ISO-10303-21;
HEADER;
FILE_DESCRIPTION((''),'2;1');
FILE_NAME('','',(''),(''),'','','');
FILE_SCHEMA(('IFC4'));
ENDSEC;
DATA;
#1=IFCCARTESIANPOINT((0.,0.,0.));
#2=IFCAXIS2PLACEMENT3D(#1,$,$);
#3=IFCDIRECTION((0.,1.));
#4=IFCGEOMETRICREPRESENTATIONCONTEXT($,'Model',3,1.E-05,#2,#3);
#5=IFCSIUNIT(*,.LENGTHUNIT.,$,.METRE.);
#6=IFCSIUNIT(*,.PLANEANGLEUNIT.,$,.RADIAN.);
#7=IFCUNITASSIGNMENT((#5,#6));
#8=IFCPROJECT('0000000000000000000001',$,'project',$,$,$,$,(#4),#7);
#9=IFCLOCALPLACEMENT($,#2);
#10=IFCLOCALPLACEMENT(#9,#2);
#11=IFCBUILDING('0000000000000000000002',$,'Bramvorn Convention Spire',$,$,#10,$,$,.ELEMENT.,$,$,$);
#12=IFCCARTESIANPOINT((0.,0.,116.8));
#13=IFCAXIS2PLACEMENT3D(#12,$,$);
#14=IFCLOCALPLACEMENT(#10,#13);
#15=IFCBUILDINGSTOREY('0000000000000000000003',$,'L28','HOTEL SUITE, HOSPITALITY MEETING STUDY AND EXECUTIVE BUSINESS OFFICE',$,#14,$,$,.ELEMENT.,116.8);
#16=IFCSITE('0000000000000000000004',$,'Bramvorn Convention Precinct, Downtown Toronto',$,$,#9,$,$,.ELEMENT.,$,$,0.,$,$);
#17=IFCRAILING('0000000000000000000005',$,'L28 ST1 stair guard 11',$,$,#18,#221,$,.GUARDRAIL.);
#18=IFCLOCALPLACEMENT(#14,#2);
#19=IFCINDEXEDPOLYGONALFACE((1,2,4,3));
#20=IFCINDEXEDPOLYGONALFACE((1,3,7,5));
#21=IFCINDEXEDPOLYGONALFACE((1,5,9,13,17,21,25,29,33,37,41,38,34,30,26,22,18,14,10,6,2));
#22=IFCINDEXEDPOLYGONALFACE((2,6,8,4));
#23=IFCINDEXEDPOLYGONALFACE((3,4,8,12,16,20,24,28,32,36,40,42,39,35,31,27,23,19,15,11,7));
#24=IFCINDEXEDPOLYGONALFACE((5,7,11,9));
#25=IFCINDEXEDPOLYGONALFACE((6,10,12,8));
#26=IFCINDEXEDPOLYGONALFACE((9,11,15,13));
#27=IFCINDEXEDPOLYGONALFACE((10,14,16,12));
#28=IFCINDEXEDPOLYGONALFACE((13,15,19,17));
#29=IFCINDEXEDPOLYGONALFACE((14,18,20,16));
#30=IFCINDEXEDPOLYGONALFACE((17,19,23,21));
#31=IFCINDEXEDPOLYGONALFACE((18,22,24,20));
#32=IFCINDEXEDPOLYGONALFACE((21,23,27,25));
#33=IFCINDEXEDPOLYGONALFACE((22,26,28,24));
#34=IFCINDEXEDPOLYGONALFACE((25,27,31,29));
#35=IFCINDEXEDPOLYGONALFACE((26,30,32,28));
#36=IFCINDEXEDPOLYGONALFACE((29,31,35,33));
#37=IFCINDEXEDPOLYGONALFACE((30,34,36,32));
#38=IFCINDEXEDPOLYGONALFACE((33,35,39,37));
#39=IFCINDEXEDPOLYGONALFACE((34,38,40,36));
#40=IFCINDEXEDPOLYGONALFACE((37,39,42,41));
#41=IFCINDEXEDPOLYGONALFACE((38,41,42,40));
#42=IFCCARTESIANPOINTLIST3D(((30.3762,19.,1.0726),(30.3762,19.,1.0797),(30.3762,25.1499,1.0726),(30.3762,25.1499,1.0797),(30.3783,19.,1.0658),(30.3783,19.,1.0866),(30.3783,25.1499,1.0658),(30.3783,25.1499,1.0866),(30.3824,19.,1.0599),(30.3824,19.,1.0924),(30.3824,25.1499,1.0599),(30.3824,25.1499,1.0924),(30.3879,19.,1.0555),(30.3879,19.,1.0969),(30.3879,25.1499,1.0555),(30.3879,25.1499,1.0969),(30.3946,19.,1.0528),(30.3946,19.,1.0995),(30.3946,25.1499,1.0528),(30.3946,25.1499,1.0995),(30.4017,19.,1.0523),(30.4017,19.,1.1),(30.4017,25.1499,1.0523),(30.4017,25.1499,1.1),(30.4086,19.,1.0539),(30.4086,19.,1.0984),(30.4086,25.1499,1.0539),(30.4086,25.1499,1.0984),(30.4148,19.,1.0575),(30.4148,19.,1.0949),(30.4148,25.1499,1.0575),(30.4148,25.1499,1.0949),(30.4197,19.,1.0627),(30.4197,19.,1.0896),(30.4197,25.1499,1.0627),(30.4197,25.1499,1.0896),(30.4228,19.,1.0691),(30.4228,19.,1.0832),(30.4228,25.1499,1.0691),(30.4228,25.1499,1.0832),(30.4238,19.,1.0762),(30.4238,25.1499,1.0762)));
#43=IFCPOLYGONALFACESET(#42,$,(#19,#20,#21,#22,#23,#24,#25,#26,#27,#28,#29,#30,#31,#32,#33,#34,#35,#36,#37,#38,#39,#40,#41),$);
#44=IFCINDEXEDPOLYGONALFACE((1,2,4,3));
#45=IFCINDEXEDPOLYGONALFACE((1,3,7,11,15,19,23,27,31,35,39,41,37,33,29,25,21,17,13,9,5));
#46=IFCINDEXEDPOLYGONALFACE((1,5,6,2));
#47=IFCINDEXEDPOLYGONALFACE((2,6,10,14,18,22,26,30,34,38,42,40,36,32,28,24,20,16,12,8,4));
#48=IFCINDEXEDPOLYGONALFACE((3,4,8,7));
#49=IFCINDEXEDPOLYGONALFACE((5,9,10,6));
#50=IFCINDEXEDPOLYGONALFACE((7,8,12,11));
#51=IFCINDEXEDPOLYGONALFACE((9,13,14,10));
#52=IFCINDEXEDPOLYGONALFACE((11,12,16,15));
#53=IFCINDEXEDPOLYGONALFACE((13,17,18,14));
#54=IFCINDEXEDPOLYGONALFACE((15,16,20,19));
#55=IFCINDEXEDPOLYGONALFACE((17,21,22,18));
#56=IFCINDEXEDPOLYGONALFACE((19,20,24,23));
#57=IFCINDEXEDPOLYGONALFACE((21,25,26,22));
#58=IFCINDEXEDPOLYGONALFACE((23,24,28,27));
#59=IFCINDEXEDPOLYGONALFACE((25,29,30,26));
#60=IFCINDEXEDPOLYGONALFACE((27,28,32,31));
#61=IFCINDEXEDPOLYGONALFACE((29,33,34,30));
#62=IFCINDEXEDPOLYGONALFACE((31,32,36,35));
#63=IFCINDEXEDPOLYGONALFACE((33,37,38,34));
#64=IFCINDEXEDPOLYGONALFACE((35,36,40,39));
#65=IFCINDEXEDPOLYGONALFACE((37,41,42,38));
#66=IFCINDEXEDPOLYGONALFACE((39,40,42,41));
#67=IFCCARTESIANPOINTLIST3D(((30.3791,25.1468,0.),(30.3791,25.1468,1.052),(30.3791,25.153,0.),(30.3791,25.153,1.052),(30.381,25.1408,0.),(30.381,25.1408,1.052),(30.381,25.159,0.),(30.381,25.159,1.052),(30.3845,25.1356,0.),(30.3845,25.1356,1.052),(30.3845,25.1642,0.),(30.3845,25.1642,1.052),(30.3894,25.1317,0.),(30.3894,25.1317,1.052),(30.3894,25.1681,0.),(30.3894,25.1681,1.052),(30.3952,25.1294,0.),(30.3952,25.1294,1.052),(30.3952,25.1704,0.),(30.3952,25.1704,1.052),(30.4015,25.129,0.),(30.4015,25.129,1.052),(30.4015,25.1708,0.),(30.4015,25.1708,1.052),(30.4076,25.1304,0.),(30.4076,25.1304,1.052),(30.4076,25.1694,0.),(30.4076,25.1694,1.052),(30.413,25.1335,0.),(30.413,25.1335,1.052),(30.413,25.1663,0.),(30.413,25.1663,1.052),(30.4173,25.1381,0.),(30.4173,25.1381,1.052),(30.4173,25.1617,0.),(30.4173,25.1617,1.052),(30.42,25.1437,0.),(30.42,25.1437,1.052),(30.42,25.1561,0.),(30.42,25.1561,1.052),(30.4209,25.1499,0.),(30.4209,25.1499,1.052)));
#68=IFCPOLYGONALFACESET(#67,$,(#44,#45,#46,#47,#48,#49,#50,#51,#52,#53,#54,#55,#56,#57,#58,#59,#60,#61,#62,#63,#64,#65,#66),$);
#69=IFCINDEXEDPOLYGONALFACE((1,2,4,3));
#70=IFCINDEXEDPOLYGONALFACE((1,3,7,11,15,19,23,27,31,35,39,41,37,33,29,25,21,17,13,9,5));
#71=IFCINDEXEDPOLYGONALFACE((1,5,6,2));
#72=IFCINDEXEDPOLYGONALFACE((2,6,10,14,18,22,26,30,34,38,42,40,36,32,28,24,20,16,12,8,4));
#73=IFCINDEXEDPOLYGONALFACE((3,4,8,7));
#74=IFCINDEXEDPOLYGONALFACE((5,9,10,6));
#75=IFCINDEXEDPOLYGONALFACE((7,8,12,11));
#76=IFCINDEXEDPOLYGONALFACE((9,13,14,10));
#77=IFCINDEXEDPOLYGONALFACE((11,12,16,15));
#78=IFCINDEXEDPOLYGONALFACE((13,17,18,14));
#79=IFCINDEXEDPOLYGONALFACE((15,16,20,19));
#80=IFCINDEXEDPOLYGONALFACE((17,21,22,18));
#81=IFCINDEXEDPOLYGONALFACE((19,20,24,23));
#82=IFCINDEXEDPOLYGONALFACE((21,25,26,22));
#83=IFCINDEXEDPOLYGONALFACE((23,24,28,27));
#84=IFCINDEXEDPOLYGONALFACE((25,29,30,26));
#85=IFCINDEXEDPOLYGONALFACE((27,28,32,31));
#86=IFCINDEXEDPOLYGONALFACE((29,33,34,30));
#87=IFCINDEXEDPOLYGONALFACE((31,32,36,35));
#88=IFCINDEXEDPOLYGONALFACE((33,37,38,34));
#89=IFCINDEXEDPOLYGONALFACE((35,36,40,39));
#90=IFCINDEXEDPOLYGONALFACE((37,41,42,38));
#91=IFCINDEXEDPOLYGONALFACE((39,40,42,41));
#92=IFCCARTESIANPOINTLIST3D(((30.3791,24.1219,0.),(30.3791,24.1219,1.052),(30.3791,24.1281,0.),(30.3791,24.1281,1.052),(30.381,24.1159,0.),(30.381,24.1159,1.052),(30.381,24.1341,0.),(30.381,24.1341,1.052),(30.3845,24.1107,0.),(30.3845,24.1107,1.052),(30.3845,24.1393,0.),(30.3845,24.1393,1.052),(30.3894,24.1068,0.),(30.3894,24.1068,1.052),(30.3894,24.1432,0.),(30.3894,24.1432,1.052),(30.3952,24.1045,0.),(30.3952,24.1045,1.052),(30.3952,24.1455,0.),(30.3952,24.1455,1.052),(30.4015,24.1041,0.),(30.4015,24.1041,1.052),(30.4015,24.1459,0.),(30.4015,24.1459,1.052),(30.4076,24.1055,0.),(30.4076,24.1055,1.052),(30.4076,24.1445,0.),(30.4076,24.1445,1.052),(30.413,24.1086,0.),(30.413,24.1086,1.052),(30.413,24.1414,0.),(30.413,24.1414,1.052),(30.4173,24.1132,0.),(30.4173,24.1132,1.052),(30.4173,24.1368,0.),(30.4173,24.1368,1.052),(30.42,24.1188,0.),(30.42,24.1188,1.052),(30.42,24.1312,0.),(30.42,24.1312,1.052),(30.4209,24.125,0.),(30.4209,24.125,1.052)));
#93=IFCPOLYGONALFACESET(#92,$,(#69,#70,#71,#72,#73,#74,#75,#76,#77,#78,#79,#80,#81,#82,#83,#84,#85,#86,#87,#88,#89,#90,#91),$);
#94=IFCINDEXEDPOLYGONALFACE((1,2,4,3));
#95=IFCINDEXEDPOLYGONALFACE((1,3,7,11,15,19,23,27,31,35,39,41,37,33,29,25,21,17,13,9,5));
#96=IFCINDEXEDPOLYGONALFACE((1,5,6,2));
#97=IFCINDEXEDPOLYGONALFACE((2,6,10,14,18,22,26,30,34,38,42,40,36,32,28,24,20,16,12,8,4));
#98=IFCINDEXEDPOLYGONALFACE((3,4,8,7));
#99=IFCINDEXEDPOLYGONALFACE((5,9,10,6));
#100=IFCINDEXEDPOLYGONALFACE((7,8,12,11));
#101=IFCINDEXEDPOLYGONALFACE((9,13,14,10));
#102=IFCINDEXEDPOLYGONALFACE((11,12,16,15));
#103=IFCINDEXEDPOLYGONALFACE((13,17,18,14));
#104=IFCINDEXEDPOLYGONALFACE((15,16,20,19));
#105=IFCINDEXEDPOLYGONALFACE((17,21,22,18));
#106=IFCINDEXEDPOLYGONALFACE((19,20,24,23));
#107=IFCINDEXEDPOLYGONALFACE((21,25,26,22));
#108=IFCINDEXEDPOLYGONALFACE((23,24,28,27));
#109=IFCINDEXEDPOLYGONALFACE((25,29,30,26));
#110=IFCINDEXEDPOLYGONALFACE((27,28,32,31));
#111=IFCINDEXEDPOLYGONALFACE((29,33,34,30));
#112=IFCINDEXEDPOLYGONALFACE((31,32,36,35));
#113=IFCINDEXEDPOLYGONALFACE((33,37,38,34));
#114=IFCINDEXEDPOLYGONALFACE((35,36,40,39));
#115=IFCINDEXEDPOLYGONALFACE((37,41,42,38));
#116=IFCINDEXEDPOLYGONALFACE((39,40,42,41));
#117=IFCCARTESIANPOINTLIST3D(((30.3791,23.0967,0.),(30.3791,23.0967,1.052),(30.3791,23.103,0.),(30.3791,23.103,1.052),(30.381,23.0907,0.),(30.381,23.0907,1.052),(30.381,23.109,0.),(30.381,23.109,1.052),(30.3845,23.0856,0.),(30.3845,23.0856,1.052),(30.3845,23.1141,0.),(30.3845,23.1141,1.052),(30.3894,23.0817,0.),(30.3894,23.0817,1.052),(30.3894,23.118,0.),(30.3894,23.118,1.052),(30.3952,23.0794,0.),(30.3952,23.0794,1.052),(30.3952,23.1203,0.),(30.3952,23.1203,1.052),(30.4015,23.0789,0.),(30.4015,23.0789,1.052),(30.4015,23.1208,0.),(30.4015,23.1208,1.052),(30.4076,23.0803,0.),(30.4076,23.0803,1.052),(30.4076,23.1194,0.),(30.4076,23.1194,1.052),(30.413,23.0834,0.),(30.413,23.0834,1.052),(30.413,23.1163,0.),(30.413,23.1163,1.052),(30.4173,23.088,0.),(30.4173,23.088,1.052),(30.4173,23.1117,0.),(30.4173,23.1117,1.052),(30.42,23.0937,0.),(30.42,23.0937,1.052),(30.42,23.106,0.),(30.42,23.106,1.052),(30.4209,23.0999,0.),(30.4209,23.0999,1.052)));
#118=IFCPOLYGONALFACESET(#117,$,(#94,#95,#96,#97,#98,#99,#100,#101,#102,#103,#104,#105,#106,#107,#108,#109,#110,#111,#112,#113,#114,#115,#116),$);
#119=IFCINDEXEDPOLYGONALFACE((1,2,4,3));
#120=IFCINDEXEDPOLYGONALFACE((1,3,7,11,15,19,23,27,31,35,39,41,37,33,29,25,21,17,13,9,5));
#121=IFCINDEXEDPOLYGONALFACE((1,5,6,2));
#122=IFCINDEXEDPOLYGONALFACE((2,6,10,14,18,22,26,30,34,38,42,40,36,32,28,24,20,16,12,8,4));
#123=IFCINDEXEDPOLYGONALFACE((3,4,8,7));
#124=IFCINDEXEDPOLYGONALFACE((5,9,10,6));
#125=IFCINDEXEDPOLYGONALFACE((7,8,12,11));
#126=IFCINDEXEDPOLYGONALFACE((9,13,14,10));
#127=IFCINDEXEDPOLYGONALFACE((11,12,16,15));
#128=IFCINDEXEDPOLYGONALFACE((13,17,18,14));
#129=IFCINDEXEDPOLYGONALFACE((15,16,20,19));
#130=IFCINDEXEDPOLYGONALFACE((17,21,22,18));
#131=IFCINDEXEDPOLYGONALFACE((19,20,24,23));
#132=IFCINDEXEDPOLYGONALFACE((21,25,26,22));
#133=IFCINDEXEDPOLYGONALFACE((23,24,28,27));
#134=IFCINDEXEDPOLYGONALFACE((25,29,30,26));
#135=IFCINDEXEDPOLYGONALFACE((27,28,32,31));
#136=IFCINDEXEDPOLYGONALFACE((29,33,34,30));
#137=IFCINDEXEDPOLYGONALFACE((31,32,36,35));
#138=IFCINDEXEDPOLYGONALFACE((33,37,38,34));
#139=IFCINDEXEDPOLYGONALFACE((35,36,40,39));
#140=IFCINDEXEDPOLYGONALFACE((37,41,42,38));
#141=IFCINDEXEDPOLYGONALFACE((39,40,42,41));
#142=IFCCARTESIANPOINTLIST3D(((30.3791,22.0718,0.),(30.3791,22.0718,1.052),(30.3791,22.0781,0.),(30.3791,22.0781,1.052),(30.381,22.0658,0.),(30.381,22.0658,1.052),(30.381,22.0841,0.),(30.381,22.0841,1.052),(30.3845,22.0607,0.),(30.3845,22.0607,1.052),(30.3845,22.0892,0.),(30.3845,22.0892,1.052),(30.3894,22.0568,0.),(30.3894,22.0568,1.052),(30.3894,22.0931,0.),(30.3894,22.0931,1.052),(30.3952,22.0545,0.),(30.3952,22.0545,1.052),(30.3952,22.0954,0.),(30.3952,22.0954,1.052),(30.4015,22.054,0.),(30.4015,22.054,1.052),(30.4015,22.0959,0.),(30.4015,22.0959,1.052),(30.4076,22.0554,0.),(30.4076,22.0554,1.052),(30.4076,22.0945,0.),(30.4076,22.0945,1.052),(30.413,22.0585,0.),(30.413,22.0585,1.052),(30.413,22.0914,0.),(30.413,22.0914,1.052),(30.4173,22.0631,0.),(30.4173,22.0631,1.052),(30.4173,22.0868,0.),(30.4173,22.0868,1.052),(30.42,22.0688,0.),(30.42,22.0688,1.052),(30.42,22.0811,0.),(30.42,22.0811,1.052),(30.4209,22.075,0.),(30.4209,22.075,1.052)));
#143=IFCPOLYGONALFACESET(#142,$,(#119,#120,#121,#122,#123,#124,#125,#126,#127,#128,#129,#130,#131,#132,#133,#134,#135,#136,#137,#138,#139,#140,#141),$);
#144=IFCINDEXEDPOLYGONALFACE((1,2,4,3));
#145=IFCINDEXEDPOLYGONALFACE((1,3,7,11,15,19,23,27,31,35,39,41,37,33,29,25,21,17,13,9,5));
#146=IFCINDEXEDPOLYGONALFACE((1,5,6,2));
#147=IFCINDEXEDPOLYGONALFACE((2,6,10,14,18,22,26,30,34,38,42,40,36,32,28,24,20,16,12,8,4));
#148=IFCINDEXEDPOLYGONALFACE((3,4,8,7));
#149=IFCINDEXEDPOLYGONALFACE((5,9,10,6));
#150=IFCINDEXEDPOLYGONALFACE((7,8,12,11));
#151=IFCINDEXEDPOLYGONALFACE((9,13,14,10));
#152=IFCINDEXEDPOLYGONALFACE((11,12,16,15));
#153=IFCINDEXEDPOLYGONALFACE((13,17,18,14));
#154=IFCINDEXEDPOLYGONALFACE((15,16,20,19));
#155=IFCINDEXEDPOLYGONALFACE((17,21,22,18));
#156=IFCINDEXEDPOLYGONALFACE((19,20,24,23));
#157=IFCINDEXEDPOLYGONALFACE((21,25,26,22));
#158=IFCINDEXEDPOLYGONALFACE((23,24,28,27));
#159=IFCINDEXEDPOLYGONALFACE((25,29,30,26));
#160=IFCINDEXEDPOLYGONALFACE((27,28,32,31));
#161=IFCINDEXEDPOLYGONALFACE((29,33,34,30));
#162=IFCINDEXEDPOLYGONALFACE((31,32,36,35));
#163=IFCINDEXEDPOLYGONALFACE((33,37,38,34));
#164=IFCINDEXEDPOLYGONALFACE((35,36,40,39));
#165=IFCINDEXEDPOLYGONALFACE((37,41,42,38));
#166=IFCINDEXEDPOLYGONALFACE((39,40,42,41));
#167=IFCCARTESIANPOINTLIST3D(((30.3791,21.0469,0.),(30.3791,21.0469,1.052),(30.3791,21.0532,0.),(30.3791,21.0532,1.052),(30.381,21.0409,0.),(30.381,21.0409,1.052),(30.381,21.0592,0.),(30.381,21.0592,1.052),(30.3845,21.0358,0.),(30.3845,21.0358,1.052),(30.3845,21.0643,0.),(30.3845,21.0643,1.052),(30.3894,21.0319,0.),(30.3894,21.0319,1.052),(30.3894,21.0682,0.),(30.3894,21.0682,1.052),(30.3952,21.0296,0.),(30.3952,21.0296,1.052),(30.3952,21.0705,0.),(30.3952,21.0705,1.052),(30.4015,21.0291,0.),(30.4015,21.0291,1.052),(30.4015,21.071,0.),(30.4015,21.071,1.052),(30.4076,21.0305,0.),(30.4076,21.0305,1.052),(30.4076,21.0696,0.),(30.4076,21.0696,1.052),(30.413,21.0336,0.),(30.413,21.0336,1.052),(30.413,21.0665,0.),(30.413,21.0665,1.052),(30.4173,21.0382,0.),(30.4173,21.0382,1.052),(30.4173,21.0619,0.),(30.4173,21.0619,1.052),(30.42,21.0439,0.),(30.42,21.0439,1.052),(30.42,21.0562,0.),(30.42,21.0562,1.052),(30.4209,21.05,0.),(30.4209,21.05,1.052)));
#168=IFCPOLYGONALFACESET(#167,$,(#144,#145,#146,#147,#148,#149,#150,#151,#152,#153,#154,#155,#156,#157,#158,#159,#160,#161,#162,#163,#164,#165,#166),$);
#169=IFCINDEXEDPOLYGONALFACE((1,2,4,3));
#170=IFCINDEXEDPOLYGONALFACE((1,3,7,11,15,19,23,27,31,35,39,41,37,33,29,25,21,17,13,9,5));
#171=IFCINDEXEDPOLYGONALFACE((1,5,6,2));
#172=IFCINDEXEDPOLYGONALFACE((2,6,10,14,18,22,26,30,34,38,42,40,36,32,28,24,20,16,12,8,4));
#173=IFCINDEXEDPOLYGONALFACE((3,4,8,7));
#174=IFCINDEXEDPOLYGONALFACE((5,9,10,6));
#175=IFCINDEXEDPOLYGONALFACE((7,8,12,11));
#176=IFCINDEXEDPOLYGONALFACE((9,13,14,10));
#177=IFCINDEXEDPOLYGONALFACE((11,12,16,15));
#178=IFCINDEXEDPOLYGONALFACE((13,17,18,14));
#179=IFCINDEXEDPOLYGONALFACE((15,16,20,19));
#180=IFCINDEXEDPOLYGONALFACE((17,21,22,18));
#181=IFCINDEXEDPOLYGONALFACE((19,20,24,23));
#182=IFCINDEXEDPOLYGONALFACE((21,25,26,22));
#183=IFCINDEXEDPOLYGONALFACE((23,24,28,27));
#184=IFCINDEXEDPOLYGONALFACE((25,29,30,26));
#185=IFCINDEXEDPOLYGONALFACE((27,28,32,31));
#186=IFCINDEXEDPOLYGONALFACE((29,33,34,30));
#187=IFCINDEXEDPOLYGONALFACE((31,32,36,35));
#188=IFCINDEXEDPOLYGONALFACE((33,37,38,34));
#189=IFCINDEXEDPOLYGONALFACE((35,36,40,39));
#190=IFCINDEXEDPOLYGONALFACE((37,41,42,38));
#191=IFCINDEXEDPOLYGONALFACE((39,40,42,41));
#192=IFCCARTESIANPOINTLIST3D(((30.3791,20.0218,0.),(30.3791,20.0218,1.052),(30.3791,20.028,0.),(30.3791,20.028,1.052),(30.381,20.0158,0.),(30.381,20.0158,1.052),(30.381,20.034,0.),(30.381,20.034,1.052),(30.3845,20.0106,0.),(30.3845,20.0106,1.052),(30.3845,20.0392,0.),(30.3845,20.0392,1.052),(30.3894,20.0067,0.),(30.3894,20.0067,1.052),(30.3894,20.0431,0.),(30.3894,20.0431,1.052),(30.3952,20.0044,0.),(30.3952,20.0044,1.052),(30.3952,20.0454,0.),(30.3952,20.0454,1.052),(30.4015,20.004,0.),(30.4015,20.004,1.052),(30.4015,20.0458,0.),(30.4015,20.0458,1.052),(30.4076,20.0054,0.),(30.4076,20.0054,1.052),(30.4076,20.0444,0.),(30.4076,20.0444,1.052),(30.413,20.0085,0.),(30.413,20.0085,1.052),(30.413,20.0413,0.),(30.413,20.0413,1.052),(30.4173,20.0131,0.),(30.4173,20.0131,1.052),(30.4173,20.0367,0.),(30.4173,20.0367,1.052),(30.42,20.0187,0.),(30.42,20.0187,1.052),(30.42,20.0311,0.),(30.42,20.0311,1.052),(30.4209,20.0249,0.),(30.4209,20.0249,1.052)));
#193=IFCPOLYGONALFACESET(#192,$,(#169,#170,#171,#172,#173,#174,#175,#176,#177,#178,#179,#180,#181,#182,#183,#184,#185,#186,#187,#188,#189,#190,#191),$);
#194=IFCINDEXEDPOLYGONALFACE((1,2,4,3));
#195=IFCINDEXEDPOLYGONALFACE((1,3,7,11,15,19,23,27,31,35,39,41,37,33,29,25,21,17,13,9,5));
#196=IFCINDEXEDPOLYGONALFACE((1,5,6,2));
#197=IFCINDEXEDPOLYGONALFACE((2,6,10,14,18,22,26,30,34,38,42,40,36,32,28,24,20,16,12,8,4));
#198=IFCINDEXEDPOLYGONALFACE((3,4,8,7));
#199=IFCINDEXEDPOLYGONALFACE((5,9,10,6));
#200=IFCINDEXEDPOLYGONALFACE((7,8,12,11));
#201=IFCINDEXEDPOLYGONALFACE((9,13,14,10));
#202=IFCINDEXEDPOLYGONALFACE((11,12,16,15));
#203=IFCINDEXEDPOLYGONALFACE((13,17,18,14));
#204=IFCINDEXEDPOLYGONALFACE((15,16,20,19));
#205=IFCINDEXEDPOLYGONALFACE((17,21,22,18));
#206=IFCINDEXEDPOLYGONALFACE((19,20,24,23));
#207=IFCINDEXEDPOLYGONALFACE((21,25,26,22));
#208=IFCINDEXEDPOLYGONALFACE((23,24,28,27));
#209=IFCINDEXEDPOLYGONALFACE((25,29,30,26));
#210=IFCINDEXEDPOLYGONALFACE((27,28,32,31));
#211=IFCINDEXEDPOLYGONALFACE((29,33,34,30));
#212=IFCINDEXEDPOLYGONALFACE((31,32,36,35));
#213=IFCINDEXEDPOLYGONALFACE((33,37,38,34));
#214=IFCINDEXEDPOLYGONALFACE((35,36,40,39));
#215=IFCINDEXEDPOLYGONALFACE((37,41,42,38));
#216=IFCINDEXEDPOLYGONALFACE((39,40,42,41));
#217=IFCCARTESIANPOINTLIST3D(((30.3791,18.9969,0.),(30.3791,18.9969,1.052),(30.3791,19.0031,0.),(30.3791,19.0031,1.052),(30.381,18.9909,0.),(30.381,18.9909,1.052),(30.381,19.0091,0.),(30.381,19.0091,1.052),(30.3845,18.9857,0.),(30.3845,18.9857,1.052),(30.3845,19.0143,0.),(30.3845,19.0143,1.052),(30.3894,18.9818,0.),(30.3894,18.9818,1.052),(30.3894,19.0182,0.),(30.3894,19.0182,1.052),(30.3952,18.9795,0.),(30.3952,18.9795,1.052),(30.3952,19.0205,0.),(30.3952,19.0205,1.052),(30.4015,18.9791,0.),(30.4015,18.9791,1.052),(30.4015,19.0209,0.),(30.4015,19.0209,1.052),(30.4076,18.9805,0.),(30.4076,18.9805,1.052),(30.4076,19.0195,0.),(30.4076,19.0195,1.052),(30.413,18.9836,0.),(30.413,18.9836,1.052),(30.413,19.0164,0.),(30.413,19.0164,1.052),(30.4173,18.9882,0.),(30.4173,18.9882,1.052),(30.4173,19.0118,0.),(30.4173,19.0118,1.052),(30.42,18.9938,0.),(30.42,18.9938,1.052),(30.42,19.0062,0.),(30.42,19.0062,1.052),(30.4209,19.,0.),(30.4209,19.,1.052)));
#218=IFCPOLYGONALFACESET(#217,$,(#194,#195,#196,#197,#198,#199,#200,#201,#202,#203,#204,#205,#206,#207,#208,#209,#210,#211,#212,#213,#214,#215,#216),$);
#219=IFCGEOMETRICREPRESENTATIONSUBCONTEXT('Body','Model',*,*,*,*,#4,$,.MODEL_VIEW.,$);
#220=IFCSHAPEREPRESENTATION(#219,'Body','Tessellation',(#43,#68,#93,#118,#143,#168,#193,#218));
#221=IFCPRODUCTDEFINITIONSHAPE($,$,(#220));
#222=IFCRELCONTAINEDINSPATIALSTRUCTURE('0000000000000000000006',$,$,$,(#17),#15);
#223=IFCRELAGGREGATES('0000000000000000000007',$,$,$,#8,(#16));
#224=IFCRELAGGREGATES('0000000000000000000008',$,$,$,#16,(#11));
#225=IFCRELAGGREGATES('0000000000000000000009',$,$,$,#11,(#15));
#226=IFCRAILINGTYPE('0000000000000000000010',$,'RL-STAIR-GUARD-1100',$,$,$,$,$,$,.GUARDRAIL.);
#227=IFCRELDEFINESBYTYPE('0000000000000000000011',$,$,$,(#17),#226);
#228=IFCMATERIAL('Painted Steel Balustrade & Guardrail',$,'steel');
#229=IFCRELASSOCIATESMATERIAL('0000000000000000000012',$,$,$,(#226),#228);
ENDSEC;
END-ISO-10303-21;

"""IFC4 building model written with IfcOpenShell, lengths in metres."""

from ifc_helpers import new_model, si_unit, direction, frame, origin, origin_2d, place, context, subcontext, project, spatial, circle, extrude, material, type_object, element, save


model = new_model("IFC4")

# Units and contexts
model_context = context("Model", 3, precision=1e-05, world=origin(), true_north=direction((0.0, 1.0)))
body_context = subcontext(model_context, "Body", "Model", "MODEL_VIEW")
ifc_project = project(units=[si_unit("LENGTHUNIT", "METRE"), si_unit("PLANEANGLEUNIT", "RADIAN")], contexts=[model_context])

# Site, building, storey
site_placement = place(None, origin())
site = spatial("IfcSite", under=ifc_project, at=site_placement, Name="Bramvorn Convention Precinct, Downtown Toronto", CompositionType="ELEMENT", RefElevation=0.0)
building_placement = place(site_placement, origin())
building = spatial("IfcBuilding", under=site, at=building_placement, Name="Bramvorn Convention Spire", CompositionType="ELEMENT")
storey_placement = place(building_placement, frame((0.0, 0.0, 116.8)))
storey = spatial("IfcBuildingStorey", under=building, at=storey_placement, Name="L28", Description="HOTEL SUITE, HOSPITALITY MEETING STUDY AND EXECUTIVE BUSINESS OFFICE", CompositionType="ELEMENT", Elevation=116.8)

# Railing
ifc_material_1 = material(Name="Painted Steel Balustrade & Guardrail", Category="steel")
railing_type = type_object("IfcRailingType", Name="RL-STAIR-GUARD-1100", PredefinedType="GUARDRAIL", material=ifc_material_1)
railing_1_placement = place(storey_placement, frame((30.3999, 25.1499, 0.0)))
element("IfcRailing", 1, at=railing_1_placement, inside=storey, type_object=railing_type, Name="L28 ST1 stair guard 11", PredefinedType="GUARDRAIL", context=body_context, shape_type="SweptSolid", body=[
    extrude(circle(Radius=0.0239, at=origin_2d()), frame((0.0, 0.0, 1.0762), z_axis=(0.0, -1.0, 0.0), x_axis=(1.0, 0.0, 0.0)), (0.0, 0.0, 1.0), 6.1499),
    extrude(circle(Radius=0.021, at=origin_2d()), origin(), (0.0, 0.0, 1.0), 1.052),
    extrude(circle(Radius=0.021, at=origin_2d()), frame((0.0, -1.0249, 0.0)), (0.0, 0.0, 1.0), 1.052),
    extrude(circle(Radius=0.021, at=origin_2d()), frame((0.0, -2.05, 0.0)), (0.0, 0.0, 1.0), 1.052),
    extrude(circle(Radius=0.021, at=origin_2d()), frame((0.0, -3.075, 0.0)), (0.0, 0.0, 1.0), 1.052),
    extrude(circle(Radius=0.021, at=origin_2d()), frame((0.0, -4.0999, 0.0)), (0.0, 0.0, 1.0), 1.052),
    extrude(circle(Radius=0.021, at=origin_2d()), frame((0.0, -5.125, 0.0)), (0.0, 0.0, 1.0), 1.052),
    extrude(circle(Radius=0.021, at=origin_2d()), frame((0.0, -6.1499, 0.0)), (0.0, 0.0, 1.0), 1.052),
])

save(model, "model.ifc")
